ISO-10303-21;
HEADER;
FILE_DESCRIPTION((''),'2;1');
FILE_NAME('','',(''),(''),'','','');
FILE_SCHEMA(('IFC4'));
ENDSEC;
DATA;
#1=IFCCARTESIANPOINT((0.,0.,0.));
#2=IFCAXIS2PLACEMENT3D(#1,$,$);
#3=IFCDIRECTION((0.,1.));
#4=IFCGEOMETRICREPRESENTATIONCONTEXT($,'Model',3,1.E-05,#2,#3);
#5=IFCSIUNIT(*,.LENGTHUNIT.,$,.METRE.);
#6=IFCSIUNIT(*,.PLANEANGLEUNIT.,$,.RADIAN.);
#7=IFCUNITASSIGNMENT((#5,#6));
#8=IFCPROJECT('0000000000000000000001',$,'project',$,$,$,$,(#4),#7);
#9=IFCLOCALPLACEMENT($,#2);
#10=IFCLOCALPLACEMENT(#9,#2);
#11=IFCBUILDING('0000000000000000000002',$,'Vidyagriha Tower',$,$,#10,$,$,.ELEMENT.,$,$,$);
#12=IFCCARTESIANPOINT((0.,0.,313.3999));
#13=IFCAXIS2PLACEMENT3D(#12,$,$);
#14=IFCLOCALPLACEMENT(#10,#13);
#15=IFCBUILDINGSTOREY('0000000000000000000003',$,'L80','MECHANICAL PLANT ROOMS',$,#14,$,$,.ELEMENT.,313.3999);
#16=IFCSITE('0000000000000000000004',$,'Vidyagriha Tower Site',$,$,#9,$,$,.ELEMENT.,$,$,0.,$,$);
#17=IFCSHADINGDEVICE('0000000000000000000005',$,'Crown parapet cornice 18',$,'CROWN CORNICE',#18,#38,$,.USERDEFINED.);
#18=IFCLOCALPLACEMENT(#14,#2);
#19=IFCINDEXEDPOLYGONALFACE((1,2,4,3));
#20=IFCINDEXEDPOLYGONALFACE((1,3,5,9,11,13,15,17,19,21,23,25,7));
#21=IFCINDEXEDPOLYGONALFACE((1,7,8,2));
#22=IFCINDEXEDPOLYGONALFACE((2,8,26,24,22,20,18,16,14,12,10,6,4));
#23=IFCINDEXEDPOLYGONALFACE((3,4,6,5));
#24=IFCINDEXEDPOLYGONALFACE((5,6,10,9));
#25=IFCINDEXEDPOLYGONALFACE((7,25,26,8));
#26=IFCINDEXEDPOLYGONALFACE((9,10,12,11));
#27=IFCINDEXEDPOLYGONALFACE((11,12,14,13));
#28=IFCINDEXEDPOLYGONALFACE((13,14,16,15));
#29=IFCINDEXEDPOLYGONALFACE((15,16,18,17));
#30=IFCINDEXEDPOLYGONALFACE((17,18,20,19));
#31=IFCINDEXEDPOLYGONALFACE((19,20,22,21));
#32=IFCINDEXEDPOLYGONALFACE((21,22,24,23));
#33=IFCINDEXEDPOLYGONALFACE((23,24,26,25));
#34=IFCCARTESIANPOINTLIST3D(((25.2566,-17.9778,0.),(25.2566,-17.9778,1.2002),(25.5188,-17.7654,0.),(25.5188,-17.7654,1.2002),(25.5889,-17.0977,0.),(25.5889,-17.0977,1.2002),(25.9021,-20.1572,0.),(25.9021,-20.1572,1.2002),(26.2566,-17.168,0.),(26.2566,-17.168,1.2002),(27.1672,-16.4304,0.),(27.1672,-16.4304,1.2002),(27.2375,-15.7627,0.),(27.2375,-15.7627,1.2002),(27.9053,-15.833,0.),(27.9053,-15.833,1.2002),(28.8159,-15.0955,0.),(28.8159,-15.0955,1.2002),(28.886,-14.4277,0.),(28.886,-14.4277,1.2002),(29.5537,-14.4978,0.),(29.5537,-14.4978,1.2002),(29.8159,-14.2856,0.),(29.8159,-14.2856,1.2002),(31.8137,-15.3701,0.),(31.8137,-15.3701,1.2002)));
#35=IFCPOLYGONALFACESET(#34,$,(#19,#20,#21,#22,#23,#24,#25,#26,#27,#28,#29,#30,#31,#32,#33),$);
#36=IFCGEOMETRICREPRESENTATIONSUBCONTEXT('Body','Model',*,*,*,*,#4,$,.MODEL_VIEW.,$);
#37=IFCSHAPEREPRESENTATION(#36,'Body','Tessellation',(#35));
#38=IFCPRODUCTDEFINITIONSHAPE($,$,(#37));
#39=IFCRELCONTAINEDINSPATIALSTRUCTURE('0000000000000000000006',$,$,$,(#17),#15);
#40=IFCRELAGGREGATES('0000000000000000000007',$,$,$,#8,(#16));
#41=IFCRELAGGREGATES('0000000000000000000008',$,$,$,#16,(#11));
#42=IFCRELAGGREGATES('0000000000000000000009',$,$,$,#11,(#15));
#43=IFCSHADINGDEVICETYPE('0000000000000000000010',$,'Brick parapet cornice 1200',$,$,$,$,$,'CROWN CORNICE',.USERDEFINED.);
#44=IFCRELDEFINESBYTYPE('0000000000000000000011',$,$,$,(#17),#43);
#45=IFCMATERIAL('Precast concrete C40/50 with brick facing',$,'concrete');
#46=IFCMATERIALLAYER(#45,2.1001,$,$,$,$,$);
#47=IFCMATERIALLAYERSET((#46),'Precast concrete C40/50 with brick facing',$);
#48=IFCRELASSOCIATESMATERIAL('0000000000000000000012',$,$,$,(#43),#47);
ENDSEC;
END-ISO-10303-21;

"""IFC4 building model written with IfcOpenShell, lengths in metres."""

from ifc_helpers import new_model, si_unit, direction, frame, origin, place, context, subcontext, project, spatial, polyline, outline, extrude, material, layer, layer_set, type_object, element, save


model = new_model("IFC4")

# Units and contexts
model_context = context("Model", 3, precision=1e-05, world=origin(), true_north=direction((0.0, 1.0)))
body_context = subcontext(model_context, "Body", "Model", "MODEL_VIEW")
ifc_project = project(units=[si_unit("LENGTHUNIT", "METRE"), si_unit("PLANEANGLEUNIT", "RADIAN")], contexts=[model_context])

# Site, building, storey
site_placement = place(None, origin())
site = spatial("IfcSite", under=ifc_project, at=site_placement, Name="Vidyagriha Tower Site", CompositionType="ELEMENT", RefElevation=0.0)
building_placement = place(site_placement, origin())
building = spatial("IfcBuilding", under=site, at=building_placement, Name="Vidyagriha Tower", CompositionType="ELEMENT")
storey_placement = place(building_placement, frame((0.0, 0.0, 313.3999)))
storey = spatial("IfcBuildingStorey", under=building, at=storey_placement, Name="L80", Description="MECHANICAL PLANT ROOMS", CompositionType="ELEMENT", Elevation=313.3999)

# Shading device
ifc_material_1 = material(Name="Precast concrete C40/50 with brick facing", Category="concrete")
ifc_layer_1 = layer(ifc_material_1, 2.1001)
ifc_layer_set_1 = layer_set([ifc_layer_1], Name="Precast concrete C40/50 with brick facing")
shading_device_type = type_object("IfcShadingDeviceType", Name="Brick parapet cornice 1200", ElementType="CROWN CORNICE", PredefinedType="USERDEFINED", material=ifc_layer_set_1)
shading_device_1_placement = place(storey_placement, origin())
element("IfcShadingDevice", 1, at=shading_device_1_placement, inside=storey, type_object=shading_device_type, Name="Crown parapet cornice 18", ObjectType="CROWN CORNICE", PredefinedType="USERDEFINED", context=body_context, shape_type="SweptSolid", body=[
    extrude(outline(polyline([(25.9021, -20.1572), (25.9021, -20.1572), (31.8137, -15.3701), (31.8137, -15.3701), (29.8159, -14.2856), (29.8159, -14.2856), (29.5537, -14.4978), (28.886, -14.4277), (28.8159, -15.0955), (27.9053, -15.833), (27.2375, -15.7627), (27.1672, -16.4304), (26.2566, -17.168), (25.5889, -17.0977), (25.5188, -17.7654), (25.2566, -17.9778), (25.9021, -20.1572)])), origin(), (0.0, 0.0, 1.0), 1.2002),
])

save(model, "model.ifc")
